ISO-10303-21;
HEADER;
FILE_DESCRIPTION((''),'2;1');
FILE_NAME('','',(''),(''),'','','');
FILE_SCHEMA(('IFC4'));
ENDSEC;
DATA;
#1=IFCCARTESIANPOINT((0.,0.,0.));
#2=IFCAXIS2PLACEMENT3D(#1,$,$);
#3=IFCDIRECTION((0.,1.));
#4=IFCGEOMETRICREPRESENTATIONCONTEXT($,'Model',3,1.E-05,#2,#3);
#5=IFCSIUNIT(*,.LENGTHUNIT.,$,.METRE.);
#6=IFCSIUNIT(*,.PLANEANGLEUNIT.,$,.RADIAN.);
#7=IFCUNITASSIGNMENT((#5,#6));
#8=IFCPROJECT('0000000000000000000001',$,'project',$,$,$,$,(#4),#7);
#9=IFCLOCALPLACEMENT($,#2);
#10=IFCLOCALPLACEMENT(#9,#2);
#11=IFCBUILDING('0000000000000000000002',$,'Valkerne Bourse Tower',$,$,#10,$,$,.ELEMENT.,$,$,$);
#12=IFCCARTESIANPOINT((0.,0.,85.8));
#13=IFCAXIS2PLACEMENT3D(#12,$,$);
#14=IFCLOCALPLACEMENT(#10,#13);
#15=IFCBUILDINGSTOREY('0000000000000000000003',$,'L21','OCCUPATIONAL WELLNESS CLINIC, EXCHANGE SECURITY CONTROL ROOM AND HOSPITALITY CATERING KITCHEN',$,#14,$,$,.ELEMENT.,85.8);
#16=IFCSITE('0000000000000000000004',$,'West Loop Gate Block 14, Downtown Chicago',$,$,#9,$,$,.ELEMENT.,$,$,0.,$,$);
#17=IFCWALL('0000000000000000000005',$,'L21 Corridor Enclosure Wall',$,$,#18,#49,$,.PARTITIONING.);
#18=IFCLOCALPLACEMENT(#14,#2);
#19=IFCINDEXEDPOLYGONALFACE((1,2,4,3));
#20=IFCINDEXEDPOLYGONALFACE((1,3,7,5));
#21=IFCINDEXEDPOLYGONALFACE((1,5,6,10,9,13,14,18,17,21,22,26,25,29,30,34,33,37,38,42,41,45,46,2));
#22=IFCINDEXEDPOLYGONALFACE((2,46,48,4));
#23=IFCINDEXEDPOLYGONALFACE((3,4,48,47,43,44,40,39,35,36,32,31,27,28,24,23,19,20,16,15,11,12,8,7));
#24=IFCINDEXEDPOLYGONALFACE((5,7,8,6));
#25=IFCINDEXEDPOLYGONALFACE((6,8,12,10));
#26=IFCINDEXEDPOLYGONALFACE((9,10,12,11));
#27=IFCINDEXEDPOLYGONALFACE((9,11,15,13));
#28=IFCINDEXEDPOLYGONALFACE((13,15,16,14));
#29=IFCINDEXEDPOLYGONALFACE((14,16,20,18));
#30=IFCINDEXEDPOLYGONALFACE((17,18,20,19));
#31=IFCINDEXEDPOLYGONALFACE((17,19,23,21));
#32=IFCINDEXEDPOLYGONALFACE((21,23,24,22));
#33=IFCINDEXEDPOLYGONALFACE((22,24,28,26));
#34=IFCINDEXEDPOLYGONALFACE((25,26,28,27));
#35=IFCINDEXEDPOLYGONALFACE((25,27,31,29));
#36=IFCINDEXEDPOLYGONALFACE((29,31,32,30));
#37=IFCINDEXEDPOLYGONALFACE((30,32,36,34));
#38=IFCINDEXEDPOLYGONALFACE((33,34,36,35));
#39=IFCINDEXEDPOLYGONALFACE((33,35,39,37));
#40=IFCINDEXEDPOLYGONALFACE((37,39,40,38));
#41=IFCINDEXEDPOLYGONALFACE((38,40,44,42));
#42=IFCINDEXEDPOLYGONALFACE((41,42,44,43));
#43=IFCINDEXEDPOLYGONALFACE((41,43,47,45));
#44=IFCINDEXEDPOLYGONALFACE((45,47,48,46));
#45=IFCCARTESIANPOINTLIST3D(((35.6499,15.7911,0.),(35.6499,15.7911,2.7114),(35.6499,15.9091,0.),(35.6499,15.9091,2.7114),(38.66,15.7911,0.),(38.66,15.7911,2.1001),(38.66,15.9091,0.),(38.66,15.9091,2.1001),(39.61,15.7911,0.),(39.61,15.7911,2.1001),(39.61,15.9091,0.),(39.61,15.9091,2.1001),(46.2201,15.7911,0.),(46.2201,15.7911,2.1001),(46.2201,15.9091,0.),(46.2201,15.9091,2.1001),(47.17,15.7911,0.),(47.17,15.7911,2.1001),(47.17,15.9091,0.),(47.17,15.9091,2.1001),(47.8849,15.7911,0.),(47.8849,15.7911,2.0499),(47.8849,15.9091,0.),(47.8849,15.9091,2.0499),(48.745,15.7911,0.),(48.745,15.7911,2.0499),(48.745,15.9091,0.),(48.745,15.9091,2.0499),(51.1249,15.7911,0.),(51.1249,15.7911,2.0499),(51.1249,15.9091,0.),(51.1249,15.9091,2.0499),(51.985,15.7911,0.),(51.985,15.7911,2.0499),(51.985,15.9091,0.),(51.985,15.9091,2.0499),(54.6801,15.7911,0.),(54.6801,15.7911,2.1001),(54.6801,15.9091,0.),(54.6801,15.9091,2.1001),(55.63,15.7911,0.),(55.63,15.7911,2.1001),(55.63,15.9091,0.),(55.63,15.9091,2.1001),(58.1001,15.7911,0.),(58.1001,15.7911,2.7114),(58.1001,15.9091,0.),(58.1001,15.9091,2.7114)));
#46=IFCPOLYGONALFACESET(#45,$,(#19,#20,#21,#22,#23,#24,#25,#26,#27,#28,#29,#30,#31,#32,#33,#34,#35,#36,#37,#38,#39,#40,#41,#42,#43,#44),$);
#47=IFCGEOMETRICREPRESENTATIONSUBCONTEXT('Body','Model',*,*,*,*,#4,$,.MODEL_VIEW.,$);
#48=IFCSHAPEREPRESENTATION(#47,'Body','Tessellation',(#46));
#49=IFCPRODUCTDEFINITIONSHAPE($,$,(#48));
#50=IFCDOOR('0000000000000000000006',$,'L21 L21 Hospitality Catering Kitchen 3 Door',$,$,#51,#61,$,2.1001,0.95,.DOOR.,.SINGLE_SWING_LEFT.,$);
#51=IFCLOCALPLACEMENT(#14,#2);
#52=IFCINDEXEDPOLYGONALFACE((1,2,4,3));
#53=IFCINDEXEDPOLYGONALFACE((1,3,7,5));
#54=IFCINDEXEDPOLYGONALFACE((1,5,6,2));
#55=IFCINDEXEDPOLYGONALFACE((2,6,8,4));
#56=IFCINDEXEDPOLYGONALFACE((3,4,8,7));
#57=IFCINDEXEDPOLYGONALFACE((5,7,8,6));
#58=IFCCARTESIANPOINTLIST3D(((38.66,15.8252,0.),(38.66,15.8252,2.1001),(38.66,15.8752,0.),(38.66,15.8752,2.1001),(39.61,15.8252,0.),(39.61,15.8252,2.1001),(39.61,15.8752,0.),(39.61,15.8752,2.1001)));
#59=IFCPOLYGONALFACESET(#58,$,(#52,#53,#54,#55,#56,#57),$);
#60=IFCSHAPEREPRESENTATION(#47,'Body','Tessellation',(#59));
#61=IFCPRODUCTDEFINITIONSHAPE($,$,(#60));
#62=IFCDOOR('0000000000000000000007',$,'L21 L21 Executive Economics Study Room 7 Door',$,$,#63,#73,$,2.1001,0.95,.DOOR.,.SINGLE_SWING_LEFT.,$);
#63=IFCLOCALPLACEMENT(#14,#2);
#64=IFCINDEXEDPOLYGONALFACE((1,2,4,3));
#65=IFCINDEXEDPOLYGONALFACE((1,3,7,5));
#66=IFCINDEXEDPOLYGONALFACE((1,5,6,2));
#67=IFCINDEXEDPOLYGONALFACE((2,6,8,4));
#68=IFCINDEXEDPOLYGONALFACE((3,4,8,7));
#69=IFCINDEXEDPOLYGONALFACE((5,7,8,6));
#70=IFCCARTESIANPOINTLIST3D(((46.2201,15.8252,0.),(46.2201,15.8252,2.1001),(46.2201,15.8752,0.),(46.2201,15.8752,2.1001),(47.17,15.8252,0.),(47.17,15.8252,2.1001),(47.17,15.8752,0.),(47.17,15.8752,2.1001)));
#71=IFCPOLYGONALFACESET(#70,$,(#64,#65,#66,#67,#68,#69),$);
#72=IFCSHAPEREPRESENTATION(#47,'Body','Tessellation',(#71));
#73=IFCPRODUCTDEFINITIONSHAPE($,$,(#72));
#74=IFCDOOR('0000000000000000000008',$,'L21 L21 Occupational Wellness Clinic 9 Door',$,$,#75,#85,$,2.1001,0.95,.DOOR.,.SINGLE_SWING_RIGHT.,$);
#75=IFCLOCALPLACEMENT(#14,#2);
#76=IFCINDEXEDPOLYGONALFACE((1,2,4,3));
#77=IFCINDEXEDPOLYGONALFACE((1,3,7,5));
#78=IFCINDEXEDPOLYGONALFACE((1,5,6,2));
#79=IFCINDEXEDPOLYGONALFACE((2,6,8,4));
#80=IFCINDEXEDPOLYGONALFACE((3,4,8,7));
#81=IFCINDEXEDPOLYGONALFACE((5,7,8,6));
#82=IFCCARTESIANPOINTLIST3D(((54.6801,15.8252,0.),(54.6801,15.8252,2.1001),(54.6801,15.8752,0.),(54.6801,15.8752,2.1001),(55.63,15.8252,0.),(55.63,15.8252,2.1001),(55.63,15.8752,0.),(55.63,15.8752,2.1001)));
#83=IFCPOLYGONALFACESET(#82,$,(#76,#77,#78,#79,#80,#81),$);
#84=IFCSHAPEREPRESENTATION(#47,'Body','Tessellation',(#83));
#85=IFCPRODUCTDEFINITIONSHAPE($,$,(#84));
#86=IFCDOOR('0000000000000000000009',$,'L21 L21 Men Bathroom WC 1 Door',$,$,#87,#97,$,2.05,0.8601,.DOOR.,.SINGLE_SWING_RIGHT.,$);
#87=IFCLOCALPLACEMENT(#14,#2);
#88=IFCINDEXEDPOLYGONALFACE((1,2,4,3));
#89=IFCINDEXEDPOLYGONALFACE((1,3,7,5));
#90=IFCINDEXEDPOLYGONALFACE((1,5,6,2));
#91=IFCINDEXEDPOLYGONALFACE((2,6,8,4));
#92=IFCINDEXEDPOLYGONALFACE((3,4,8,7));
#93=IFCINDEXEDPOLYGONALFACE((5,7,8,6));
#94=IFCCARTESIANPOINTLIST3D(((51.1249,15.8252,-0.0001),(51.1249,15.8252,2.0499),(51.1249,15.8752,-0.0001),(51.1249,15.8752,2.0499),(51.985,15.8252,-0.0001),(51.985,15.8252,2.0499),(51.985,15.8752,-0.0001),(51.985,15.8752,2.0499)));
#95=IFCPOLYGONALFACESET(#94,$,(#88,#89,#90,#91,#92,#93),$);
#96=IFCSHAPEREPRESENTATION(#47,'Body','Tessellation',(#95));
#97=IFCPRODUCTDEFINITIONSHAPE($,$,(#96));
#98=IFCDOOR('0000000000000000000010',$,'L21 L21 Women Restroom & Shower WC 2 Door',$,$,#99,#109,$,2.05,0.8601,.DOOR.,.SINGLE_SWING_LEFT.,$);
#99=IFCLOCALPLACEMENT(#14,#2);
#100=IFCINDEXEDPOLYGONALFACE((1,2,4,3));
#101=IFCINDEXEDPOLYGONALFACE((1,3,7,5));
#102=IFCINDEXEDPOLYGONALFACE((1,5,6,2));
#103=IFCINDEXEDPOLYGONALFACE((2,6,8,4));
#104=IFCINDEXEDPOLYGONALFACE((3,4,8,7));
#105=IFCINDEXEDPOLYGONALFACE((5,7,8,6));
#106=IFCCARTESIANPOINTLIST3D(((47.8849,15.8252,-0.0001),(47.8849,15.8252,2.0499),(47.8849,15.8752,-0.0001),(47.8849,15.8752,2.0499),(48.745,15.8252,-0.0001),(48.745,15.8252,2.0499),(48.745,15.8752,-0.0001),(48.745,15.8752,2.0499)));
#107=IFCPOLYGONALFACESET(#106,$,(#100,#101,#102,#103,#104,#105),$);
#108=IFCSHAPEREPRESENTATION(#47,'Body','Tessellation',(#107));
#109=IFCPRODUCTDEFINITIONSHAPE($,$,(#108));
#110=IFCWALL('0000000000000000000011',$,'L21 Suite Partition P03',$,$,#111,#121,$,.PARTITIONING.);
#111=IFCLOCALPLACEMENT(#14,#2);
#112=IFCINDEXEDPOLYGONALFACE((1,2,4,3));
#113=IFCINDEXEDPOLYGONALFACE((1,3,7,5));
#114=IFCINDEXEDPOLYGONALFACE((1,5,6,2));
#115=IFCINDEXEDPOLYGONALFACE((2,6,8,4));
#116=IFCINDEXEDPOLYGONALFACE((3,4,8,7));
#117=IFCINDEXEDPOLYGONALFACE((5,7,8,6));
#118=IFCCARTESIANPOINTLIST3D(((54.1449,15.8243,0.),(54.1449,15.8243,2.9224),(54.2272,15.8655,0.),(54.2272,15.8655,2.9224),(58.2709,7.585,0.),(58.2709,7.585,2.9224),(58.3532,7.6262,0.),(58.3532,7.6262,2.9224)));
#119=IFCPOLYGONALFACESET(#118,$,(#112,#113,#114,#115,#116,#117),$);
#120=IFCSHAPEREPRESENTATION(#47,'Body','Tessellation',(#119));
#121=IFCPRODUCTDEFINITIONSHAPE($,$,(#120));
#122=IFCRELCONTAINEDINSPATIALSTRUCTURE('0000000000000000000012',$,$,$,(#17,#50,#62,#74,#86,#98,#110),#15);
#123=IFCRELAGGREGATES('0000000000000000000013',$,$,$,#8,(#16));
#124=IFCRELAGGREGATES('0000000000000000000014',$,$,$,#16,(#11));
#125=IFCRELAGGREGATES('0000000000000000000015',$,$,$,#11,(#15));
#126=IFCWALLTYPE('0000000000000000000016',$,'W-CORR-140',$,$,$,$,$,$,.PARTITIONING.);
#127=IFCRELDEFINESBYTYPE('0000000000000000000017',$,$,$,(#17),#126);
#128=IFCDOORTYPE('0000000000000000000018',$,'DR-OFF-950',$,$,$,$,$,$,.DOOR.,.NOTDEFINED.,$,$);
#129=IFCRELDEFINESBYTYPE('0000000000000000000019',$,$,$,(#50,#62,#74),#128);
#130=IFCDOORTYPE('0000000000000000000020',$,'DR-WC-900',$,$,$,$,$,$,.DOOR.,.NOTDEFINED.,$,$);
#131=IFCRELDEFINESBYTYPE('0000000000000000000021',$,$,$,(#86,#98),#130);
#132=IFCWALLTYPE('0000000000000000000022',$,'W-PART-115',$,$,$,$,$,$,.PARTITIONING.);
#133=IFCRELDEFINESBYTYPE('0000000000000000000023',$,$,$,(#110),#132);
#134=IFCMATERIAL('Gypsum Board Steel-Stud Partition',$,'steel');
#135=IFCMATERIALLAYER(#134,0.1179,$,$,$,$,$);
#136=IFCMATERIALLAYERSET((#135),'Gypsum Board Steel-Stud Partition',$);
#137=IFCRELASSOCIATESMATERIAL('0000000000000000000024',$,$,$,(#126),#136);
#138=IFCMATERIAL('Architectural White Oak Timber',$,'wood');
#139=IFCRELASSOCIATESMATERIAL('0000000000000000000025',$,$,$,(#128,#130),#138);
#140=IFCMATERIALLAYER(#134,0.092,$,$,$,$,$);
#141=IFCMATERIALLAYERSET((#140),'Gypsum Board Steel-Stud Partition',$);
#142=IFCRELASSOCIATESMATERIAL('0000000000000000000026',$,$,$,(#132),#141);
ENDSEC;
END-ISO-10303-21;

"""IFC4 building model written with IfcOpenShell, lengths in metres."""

from ifc_helpers import new_model, si_unit, direction, frame, frame_2d, origin, place, context, subcontext, project, spatial, rectangle, extrude, material, layer, layer_set, type_object, element, fill, save


model = new_model("IFC4")

# Units and contexts
model_context = context("Model", 3, precision=1e-05, world=origin(), true_north=direction((0.0, 1.0)))
body_context = subcontext(model_context, "Body", "Model", "MODEL_VIEW")
ifc_project = project(units=[si_unit("LENGTHUNIT", "METRE"), si_unit("PLANEANGLEUNIT", "RADIAN")], contexts=[model_context])

# Site, building, storey
site_placement = place(None, origin())
site = spatial("IfcSite", under=ifc_project, at=site_placement, Name="West Loop Gate Block 14, Downtown Chicago", CompositionType="ELEMENT", RefElevation=0.0)
building_placement = place(site_placement, origin())
building = spatial("IfcBuilding", under=site, at=building_placement, Name="Valkerne Bourse Tower", CompositionType="ELEMENT")
storey_placement = place(building_placement, frame((0.0, 0.0, 85.8)))
storey = spatial("IfcBuildingStorey", under=building, at=storey_placement, Name="L21", Description="OCCUPATIONAL WELLNESS CLINIC, EXCHANGE SECURITY CONTROL ROOM AND HOSPITALITY CATERING KITCHEN", CompositionType="ELEMENT", Elevation=85.8)

# Wall, openings, doors
ifc_material_1 = material(Name="Gypsum Board Steel-Stud Partition", Category="steel")
ifc_layer_1 = layer(ifc_material_1, 0.1179)
ifc_layer_set_1 = layer_set([ifc_layer_1], Name="Gypsum Board Steel-Stud Partition")
wall_type_1 = type_object("IfcWallType", Name="W-CORR-140", PredefinedType="PARTITIONING", material=ifc_layer_set_1)
wall_1_placement = place(storey_placement, frame((58.1001, 15.8501, 0.0), z_axis=(0.0, 0.0, 1.0), x_axis=(-1.0, 0.0, 0.0)))
wall_1 = element("IfcWall", 1, at=wall_1_placement, inside=storey, type_object=wall_type_1, Name="L21 Corridor Enclosure Wall", PredefinedType="PARTITIONING", context=body_context, shape_type="SweptSolid", body=[
    extrude(rectangle(XDim=22.4502, YDim=0.1179, at=frame_2d((11.2251, 0.0))), origin(), (0.0, 0.0, 1.0), 2.7114),
])
opening_1_placement = place(wall_1_placement, frame((6.115, 0.0, 0.0)))
opening_1 = element("IfcOpeningElement", 2, at=opening_1_placement, cuts=wall_1, PredefinedType="OPENING", context=body_context, shape_type="SweptSolid", body=[
    extrude(rectangle(XDim=0.8601, YDim=2.05, at=frame_2d((0.4302, 1.0249))), frame((0.0, 0.0688, 0.0), z_axis=(0.0, -1.0, 0.0), x_axis=(1.0, 0.0, 0.0)), (0.0, 0.0, 1.0), 0.1379),
])
opening_2_placement = place(wall_1_placement, frame((9.355, 0.0, 0.0)))
opening_2 = element("IfcOpeningElement", 3, at=opening_2_placement, cuts=wall_1, PredefinedType="OPENING", context=body_context, shape_type="SweptSolid", body=[
    extrude(rectangle(XDim=0.8601, YDim=2.05, at=frame_2d((0.4302, 1.0249))), frame((0.0, 0.0688, 0.0), z_axis=(0.0, -1.0, 0.0), x_axis=(1.0, 0.0, 0.0)), (0.0, 0.0, 1.0), 0.1379),
])
opening_3_placement = place(wall_1_placement, frame((18.49, 0.0, 0.0)))
opening_3 = element("IfcOpeningElement", 4, at=opening_3_placement, cuts=wall_1, PredefinedType="OPENING", context=body_context, shape_type="SweptSolid", body=[
    extrude(rectangle(XDim=0.95, YDim=2.1001, at=frame_2d((0.4751, 1.05))), frame((0.0, 0.0688, 0.0), z_axis=(0.0, -1.0, 0.0), x_axis=(1.0, 0.0, 0.0)), (0.0, 0.0, 1.0), 0.1379),
])
opening_4_placement = place(wall_1_placement, frame((10.9299, 0.0, 0.0)))
opening_4 = element("IfcOpeningElement", 5, at=opening_4_placement, cuts=wall_1, PredefinedType="OPENING", context=body_context, shape_type="SweptSolid", body=[
    extrude(rectangle(XDim=0.95, YDim=2.1001, at=frame_2d((0.4751, 1.05))), frame((0.0, 0.0688, 0.0), z_axis=(0.0, -1.0, 0.0), x_axis=(1.0, 0.0, 0.0)), (0.0, 0.0, 1.0), 0.1379),
])
opening_5_placement = place(wall_1_placement, frame((2.47, 0.0, 0.0)))
opening_5 = element("IfcOpeningElement", 6, at=opening_5_placement, cuts=wall_1, PredefinedType="OPENING", context=body_context, shape_type="SweptSolid", body=[
    extrude(rectangle(XDim=0.95, YDim=2.1001, at=frame_2d((0.4751, 1.05))), frame((0.0, 0.0688, 0.0), z_axis=(0.0, -1.0, 0.0), x_axis=(1.0, 0.0, 0.0)), (0.0, 0.0, 1.0), 0.1379),
])
ifc_material_2 = material(Name="Architectural White Oak Timber", Category="wood")
door_type_1 = type_object("IfcDoorType", Name="DR-OFF-950", OperationType="NOTDEFINED", PredefinedType="DOOR", material=ifc_material_2)
door_1_placement = place(opening_3_placement, origin())
door_1 = element("IfcDoor", 7, at=door_1_placement, inside=storey, type_object=door_type_1, Name="L21 L21 Hospitality Catering Kitchen 3 Door", OperationType="SINGLE_SWING_LEFT", OverallHeight=2.1001, OverallWidth=0.95, PredefinedType="DOOR", context=body_context, shape_type="SweptSolid", body=[
    extrude(rectangle(XDim=0.95, YDim=2.1001, at=frame_2d((0.4751, 1.05))), frame((0.0, 0.0249, 0.0), z_axis=(0.0, -1.0, 0.0), x_axis=(1.0, 0.0, 0.0)), (0.0, 0.0, 1.0), 0.05),
])
fill(opening_3, door_1)
door_2_placement = place(opening_4_placement, origin())
door_2 = element("IfcDoor", 8, at=door_2_placement, inside=storey, type_object=door_type_1, Name="L21 L21 Executive Economics Study Room 7 Door", OperationType="SINGLE_SWING_LEFT", OverallHeight=2.1001, OverallWidth=0.95, PredefinedType="DOOR", context=body_context, shape_type="SweptSolid", body=[
    extrude(rectangle(XDim=0.95, YDim=2.1001, at=frame_2d((0.4751, 1.05))), frame((0.0, 0.0249, 0.0), z_axis=(0.0, -1.0, 0.0), x_axis=(1.0, 0.0, 0.0)), (0.0, 0.0, 1.0), 0.05),
])
fill(opening_4, door_2)
door_3_placement = place(opening_5_placement, origin())
door_3 = element("IfcDoor", 9, at=door_3_placement, inside=storey, type_object=door_type_1, Name="L21 L21 Occupational Wellness Clinic 9 Door", OperationType="SINGLE_SWING_RIGHT", OverallHeight=2.1001, OverallWidth=0.95, PredefinedType="DOOR", context=body_context, shape_type="SweptSolid", body=[
    extrude(rectangle(XDim=0.95, YDim=2.1001, at=frame_2d((0.4751, 1.05))), frame((0.0, 0.0249, 0.0), z_axis=(0.0, -1.0, 0.0), x_axis=(1.0, 0.0, 0.0)), (0.0, 0.0, 1.0), 0.05),
])
fill(opening_5, door_3)
door_type_2 = type_object("IfcDoorType", Name="DR-WC-900", OperationType="NOTDEFINED", PredefinedType="DOOR", material=ifc_material_2)
door_4_placement = place(opening_1_placement, origin())
door_4 = element("IfcDoor", 10, at=door_4_placement, inside=storey, type_object=door_type_2, Name="L21 L21 Men Bathroom WC 1 Door", OperationType="SINGLE_SWING_RIGHT", OverallHeight=2.05, OverallWidth=0.8601, PredefinedType="DOOR", context=body_context, shape_type="SweptSolid", body=[
    extrude(rectangle(XDim=0.8601, YDim=2.05, at=frame_2d((0.4302, 1.0249))), frame((0.0, 0.0249, 0.0), z_axis=(0.0, -1.0, 0.0), x_axis=(1.0, 0.0, 0.0)), (0.0, 0.0, 1.0), 0.05),
])
fill(opening_1, door_4)
door_5_placement = place(opening_2_placement, origin())
door_5 = element("IfcDoor", 11, at=door_5_placement, inside=storey, type_object=door_type_2, Name="L21 L21 Women Restroom & Shower WC 2 Door", OperationType="SINGLE_SWING_LEFT", OverallHeight=2.05, OverallWidth=0.8601, PredefinedType="DOOR", context=body_context, shape_type="SweptSolid", body=[
    extrude(rectangle(XDim=0.8601, YDim=2.05, at=frame_2d((0.4302, 1.0249))), frame((0.0, 0.0249, 0.0), z_axis=(0.0, -1.0, 0.0), x_axis=(1.0, 0.0, 0.0)), (0.0, 0.0, 1.0), 0.05),
])
fill(opening_2, door_5)

# Wall
ifc_layer_2 = layer(ifc_material_1, 0.092)
ifc_layer_set_2 = layer_set([ifc_layer_2], Name="Gypsum Board Steel-Stud Partition")
wall_type_2 = type_object("IfcWallType", Name="W-PART-115", PredefinedType="PARTITIONING", material=ifc_layer_set_2)
wall_2_placement = place(storey_placement, frame((54.186, 15.845, 0.0), z_axis=(0.0, 0.0, 1.0), x_axis=(0.447765, -0.894151, 0.0)))
element("IfcWall", 12, at=wall_2_placement, inside=storey, type_object=wall_type_2, Name="L21 Suite Partition P03", PredefinedType="PARTITIONING", context=body_context, shape_type="SweptSolid", body=[
    extrude(rectangle(XDim=9.2146, YDim=0.092, at=frame_2d((4.6074, 0.0))), origin(), (0.0, 0.0, 1.0), 2.9224),
])

save(model, "model.ifc")
